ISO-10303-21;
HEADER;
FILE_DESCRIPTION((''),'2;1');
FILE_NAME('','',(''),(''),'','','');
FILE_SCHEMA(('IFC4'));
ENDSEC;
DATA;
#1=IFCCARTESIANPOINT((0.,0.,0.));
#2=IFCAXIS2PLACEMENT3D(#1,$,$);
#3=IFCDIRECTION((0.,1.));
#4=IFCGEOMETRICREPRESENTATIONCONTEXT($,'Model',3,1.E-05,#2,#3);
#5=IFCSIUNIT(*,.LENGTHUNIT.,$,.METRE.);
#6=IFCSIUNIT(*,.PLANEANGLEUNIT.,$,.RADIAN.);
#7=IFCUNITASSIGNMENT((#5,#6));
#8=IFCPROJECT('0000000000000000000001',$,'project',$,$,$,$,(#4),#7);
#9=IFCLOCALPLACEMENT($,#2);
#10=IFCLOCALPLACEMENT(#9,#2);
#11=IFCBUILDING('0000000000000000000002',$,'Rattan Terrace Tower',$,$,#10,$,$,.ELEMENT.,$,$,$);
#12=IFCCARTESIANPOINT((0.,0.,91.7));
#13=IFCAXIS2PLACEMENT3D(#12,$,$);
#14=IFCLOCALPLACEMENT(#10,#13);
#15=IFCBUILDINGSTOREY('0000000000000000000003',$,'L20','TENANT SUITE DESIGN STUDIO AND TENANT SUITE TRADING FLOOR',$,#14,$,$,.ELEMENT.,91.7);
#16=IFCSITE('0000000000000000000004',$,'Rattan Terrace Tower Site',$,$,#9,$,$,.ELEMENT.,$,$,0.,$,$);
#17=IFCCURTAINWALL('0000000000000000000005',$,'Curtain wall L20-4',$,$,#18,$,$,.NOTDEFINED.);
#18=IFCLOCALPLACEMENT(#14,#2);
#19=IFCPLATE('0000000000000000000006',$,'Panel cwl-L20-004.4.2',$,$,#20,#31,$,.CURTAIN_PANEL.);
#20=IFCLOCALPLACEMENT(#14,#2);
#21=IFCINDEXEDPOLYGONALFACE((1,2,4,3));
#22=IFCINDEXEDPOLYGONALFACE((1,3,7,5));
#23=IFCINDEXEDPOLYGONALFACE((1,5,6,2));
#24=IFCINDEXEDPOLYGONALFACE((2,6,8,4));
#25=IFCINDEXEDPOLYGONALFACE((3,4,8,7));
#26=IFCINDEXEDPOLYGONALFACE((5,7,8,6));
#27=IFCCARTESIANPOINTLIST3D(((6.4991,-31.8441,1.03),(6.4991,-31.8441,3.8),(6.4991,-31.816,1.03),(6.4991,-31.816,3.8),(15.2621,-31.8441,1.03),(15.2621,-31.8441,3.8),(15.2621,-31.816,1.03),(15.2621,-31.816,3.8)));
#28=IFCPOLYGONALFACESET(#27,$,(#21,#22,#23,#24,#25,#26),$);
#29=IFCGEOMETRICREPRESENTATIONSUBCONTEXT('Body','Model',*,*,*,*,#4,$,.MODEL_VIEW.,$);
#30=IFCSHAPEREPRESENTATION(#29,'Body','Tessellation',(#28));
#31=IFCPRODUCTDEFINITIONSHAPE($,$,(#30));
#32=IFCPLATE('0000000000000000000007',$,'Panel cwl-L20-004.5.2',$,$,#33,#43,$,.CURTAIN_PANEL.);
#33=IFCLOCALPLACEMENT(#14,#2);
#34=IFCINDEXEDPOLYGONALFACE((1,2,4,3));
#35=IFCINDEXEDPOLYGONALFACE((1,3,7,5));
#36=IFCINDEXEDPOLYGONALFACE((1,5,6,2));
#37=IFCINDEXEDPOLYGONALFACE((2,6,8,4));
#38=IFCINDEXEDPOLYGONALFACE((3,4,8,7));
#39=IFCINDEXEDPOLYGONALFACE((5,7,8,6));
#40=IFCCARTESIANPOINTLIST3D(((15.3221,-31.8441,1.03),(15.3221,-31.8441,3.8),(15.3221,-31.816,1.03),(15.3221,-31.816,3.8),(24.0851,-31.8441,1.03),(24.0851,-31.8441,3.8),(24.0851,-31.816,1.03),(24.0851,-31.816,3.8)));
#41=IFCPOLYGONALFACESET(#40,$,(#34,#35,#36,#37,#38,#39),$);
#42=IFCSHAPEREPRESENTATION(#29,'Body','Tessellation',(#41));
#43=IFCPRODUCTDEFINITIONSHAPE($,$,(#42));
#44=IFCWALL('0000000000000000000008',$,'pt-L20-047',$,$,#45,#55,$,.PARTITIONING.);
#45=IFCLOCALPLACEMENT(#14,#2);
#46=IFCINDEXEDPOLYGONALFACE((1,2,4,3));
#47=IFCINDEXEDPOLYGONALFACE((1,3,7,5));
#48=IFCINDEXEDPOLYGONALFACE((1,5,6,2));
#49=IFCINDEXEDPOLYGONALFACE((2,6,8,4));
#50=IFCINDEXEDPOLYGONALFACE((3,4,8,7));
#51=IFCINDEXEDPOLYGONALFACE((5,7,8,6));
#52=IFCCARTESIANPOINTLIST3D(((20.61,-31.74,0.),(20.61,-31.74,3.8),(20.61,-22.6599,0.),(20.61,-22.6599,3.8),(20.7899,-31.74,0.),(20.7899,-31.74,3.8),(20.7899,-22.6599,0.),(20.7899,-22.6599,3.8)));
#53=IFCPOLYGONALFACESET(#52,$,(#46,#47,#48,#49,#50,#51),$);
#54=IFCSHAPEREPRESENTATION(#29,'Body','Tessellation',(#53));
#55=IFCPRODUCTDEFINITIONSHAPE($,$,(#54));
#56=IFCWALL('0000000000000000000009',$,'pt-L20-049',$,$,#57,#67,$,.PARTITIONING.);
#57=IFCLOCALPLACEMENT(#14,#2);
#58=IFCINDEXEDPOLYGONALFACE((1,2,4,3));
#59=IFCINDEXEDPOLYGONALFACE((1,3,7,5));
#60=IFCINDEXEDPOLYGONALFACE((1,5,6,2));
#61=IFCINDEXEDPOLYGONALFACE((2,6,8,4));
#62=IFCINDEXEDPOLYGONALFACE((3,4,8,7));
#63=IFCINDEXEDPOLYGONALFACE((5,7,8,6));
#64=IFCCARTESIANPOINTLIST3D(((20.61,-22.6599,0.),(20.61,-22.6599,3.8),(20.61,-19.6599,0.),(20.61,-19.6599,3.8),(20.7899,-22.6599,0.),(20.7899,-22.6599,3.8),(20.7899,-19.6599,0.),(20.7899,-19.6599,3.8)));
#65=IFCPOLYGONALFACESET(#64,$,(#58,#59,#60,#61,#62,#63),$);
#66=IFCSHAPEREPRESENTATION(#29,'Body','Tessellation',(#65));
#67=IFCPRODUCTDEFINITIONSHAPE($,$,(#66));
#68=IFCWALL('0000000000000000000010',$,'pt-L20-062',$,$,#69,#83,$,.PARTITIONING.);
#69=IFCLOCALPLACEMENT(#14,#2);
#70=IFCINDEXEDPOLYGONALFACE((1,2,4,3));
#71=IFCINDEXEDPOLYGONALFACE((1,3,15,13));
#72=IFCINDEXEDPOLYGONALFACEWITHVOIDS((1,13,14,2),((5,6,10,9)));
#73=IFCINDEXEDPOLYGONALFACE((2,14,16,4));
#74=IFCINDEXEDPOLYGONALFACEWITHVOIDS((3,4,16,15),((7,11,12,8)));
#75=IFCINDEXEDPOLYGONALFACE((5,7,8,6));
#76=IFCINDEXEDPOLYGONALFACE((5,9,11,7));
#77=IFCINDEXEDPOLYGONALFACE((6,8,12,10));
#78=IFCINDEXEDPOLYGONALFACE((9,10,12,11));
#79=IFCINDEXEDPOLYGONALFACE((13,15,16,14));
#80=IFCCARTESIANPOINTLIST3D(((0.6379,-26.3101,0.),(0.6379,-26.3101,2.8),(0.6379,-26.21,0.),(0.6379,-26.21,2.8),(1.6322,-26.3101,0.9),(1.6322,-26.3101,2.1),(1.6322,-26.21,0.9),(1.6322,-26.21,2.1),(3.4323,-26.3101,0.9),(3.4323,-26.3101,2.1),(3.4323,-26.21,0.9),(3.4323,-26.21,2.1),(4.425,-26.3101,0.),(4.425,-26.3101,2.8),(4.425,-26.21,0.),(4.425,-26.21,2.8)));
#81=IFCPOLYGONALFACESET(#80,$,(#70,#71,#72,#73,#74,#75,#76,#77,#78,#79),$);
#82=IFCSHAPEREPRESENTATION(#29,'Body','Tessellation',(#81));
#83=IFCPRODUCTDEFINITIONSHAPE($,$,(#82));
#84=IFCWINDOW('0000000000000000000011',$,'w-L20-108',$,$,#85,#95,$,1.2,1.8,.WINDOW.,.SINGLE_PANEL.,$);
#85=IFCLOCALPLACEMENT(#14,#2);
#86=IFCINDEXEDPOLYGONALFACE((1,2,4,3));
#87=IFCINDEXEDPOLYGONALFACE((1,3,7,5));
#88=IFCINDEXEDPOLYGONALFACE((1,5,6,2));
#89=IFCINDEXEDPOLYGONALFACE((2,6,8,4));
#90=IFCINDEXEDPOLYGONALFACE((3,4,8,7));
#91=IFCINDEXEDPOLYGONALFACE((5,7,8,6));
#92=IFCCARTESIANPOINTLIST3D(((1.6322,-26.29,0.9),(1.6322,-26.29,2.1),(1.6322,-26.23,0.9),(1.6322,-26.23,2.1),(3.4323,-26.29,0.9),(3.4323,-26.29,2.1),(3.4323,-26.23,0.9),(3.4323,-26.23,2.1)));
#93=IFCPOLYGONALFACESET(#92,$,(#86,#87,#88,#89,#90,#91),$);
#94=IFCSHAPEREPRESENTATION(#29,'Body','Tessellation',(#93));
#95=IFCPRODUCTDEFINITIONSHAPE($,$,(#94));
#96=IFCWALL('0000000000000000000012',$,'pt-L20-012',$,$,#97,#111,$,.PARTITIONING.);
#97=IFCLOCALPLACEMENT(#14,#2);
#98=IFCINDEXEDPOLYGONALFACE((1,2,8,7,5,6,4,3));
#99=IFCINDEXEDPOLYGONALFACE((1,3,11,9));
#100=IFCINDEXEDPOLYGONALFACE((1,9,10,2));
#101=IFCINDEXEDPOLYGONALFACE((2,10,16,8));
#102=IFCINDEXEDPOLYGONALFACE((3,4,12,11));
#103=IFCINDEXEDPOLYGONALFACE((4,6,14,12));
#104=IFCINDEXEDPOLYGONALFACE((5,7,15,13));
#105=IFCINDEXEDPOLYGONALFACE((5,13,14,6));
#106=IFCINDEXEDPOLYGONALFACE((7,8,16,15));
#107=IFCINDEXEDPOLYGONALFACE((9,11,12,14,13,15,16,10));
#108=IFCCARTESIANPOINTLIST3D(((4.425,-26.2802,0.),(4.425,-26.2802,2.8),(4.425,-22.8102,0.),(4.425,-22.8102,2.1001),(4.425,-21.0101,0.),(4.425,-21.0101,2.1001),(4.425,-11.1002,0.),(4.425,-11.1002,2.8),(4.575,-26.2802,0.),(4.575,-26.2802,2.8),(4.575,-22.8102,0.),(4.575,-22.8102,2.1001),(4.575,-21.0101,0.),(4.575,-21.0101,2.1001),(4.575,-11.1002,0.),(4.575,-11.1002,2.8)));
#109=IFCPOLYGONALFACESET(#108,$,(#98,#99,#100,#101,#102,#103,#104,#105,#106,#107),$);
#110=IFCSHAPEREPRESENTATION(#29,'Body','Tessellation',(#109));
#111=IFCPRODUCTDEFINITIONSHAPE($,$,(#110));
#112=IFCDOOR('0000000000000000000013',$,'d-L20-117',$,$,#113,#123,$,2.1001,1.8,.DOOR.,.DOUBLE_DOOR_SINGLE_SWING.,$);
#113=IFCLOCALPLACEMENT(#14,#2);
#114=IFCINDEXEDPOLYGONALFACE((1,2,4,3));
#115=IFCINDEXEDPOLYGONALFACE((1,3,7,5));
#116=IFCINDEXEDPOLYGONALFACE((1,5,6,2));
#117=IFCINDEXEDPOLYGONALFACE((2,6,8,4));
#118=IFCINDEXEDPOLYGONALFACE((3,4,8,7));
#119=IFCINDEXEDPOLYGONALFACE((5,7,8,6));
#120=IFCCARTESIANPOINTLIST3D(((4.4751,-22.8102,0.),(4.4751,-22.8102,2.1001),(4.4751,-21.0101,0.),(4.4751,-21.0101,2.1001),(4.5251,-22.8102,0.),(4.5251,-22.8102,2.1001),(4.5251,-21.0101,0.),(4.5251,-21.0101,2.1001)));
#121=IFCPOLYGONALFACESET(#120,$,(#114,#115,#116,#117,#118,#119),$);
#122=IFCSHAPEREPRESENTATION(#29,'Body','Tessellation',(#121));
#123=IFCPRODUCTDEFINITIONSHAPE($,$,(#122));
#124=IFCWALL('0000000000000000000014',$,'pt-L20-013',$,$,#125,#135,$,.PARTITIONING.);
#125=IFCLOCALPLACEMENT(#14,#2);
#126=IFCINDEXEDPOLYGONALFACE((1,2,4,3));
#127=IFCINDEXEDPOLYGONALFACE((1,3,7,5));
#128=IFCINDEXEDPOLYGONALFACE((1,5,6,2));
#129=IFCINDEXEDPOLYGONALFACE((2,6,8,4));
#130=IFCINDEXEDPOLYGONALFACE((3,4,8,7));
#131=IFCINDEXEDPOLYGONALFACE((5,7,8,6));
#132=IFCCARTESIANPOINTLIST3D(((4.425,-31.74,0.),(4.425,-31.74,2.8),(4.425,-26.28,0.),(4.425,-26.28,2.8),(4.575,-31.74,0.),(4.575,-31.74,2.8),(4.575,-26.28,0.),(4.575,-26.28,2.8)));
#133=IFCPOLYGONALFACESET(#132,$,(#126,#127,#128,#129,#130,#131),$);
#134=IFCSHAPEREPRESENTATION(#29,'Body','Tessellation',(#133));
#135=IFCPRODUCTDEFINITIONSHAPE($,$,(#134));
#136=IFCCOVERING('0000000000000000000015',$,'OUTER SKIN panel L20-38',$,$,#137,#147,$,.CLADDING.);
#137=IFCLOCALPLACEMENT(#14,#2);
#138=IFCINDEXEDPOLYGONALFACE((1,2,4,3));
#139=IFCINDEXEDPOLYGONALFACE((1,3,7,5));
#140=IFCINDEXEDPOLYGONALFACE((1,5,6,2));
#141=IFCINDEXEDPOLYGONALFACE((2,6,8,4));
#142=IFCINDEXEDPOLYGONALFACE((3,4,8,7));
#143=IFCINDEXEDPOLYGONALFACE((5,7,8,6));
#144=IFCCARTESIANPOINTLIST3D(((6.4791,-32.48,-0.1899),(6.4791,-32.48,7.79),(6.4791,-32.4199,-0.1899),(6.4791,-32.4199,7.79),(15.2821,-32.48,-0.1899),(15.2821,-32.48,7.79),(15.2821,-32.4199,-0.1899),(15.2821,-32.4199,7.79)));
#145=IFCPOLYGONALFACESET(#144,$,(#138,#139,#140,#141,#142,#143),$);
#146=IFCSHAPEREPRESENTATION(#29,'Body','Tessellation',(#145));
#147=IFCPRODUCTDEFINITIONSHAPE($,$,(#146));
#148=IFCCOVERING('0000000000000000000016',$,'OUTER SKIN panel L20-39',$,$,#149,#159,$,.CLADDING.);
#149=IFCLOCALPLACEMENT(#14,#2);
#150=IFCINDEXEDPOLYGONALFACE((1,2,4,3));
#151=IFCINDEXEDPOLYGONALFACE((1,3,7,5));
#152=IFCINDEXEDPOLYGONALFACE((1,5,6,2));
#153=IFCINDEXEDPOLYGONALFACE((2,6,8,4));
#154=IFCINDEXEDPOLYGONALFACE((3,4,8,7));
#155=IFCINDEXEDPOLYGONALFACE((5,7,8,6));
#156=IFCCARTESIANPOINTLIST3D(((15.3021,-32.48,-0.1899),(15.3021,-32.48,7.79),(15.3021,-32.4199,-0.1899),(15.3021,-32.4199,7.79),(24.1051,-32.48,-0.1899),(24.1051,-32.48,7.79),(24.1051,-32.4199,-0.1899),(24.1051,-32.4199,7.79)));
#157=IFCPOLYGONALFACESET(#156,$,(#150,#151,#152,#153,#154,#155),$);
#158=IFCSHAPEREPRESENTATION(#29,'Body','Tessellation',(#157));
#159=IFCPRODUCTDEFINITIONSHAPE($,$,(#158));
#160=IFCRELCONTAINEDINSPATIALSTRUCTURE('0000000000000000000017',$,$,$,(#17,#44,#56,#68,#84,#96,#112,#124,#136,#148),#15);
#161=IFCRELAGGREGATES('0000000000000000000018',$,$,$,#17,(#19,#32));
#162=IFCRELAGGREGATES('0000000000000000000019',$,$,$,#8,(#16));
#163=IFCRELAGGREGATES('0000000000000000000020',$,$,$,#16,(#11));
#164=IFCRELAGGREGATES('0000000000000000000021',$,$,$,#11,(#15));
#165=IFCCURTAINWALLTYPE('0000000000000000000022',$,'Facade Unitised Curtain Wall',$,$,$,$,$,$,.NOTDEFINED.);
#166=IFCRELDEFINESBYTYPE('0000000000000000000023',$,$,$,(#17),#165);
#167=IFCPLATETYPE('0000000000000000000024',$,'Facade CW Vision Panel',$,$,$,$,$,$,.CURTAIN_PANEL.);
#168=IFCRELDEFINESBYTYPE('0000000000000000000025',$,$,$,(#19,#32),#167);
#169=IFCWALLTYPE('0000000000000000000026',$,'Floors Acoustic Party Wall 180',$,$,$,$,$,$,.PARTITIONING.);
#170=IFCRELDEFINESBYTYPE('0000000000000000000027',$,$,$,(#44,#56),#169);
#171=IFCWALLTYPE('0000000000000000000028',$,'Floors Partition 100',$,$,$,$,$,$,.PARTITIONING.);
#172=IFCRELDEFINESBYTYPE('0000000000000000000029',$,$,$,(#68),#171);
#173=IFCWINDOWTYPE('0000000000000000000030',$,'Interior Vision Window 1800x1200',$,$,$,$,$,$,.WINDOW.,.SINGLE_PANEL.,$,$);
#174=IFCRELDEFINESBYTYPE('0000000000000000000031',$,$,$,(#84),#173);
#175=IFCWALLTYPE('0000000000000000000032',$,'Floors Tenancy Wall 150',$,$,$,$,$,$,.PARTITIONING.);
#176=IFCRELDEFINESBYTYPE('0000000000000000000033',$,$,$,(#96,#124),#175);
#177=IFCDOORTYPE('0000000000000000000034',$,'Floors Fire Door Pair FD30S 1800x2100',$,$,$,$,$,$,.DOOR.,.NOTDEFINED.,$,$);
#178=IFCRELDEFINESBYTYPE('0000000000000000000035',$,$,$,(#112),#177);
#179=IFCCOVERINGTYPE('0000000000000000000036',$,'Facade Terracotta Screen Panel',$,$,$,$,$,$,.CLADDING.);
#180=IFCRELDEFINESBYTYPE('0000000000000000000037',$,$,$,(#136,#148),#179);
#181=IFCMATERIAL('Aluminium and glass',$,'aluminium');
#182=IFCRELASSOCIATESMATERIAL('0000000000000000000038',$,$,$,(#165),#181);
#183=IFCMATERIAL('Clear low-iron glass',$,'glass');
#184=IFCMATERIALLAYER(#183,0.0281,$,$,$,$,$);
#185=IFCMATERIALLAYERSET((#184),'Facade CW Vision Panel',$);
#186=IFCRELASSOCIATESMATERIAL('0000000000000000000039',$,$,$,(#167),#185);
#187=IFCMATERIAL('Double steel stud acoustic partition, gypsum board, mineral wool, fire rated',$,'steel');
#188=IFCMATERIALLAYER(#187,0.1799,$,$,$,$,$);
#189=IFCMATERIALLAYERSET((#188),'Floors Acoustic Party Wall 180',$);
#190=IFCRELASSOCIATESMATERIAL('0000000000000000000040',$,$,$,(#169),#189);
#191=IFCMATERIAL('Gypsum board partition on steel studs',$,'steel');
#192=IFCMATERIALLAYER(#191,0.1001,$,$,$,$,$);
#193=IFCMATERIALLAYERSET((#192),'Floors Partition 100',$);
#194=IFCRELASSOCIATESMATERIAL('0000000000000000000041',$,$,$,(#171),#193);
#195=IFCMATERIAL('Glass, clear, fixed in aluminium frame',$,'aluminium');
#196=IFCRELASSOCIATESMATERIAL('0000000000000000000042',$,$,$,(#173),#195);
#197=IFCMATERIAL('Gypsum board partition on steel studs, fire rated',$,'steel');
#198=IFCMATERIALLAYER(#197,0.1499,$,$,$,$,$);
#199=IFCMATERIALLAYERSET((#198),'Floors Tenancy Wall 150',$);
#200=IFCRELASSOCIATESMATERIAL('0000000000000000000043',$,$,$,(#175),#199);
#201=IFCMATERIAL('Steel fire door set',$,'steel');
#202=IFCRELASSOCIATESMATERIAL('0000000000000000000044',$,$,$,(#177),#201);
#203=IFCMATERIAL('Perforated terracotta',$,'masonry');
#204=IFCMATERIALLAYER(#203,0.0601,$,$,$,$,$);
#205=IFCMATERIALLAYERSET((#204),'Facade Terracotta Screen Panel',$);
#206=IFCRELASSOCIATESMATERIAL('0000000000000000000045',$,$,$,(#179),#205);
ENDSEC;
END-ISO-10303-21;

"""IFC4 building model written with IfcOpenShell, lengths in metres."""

from ifc_helpers import new_model, si_unit, direction, frame, frame_2d, origin, origin_2d, place, context, subcontext, project, spatial, rectangle, extrude, material, layer, layer_set, type_object, element, fill, aggregate, save


model = new_model("IFC4")

# Units and contexts
model_context = context("Model", 3, precision=1e-05, world=origin(), true_north=direction((0.0, 1.0)))
body_context = subcontext(model_context, "Body", "Model", "MODEL_VIEW")
ifc_project = project(units=[si_unit("LENGTHUNIT", "METRE"), si_unit("PLANEANGLEUNIT", "RADIAN")], contexts=[model_context])

# Site, building, storey
site_placement = place(None, origin())
site = spatial("IfcSite", under=ifc_project, at=site_placement, Name="Rattan Terrace Tower Site", CompositionType="ELEMENT", RefElevation=0.0)
building_placement = place(site_placement, origin())
building = spatial("IfcBuilding", under=site, at=building_placement, Name="Rattan Terrace Tower", CompositionType="ELEMENT")
storey_placement = place(building_placement, frame((0.0, 0.0, 91.7)))
storey = spatial("IfcBuildingStorey", under=building, at=storey_placement, Name="L20", Description="TENANT SUITE DESIGN STUDIO AND TENANT SUITE TRADING FLOOR", CompositionType="ELEMENT", Elevation=91.7)

# Curtain wall
ifc_material_1 = material(Name="Aluminium and glass", Category="aluminium")
curtain_wall_type = type_object("IfcCurtainWallType", Name="Facade Unitised Curtain Wall", PredefinedType="NOTDEFINED", material=ifc_material_1)
curtain_wall_placement = place(storey_placement, origin())
curtain_wall = element("IfcCurtainWall", 1, at=curtain_wall_placement, inside=storey, type_object=curtain_wall_type, Name="Curtain wall L20-4", PredefinedType="NOTDEFINED")

# Plates
ifc_material_2 = material(Name="Clear low-iron glass", Category="glass")
ifc_layer_1 = layer(ifc_material_2, 0.0281)
ifc_layer_set_1 = layer_set([ifc_layer_1], Name="Facade CW Vision Panel")
plate_type_1 = type_object("IfcPlateType", Name="Facade CW Vision Panel", PredefinedType="CURTAIN_PANEL", material=ifc_layer_set_1)
plate_1_placement = place(storey_placement, frame((10.8806, -31.8301, 1.03), z_axis=(0.0, 0.0, 1.0), x_axis=(1.0, 0.0, 0.0)))
plate_1 = element("IfcPlate", 2, at=plate_1_placement, type_object=plate_type_1, Name="Panel cwl-L20-004.4.2", PredefinedType="CURTAIN_PANEL", context=body_context, shape_type="SweptSolid", body=[
    extrude(rectangle(XDim=8.7629, YDim=0.0281, at=origin_2d()), origin(), (0.0, 0.0, 1.0), 2.77),
])
plate_2_placement = place(storey_placement, frame((19.7036, -31.8301, 1.03), z_axis=(0.0, 0.0, 1.0), x_axis=(1.0, 0.0, 0.0)))
plate_2 = element("IfcPlate", 3, at=plate_2_placement, type_object=plate_type_1, Name="Panel cwl-L20-004.5.2", PredefinedType="CURTAIN_PANEL", context=body_context, shape_type="SweptSolid", body=[
    extrude(rectangle(XDim=8.7629, YDim=0.0281, at=origin_2d()), origin(), (0.0, 0.0, 1.0), 2.77),
])
aggregate(curtain_wall, [plate_1, plate_2])

# Walls
ifc_material_3 = material(Name="Double steel stud acoustic partition, gypsum board, mineral wool, fire rated", Category="steel")
ifc_layer_2 = layer(ifc_material_3, 0.1799)
ifc_layer_set_2 = layer_set([ifc_layer_2], Name="Floors Acoustic Party Wall 180")
wall_type_1 = type_object("IfcWallType", Name="Floors Acoustic Party Wall 180", PredefinedType="PARTITIONING", material=ifc_layer_set_2)
wall_1_placement = place(storey_placement, frame((20.7, -31.74, 0.0), z_axis=(0.0, 0.0, 1.0), x_axis=(0.0, 1.0, 0.0)))
element("IfcWall", 4, at=wall_1_placement, inside=storey, type_object=wall_type_1, Name="pt-L20-047", PredefinedType="PARTITIONING", context=body_context, shape_type="SweptSolid", body=[
    extrude(rectangle(XDim=9.0801, YDim=0.1799, at=frame_2d((4.54, 0.0))), origin(), (0.0, 0.0, 1.0), 3.8),
])
wall_2_placement = place(storey_placement, frame((20.7, -22.6599, 0.0), z_axis=(0.0, 0.0, 1.0), x_axis=(0.0, 1.0, 0.0)))
element("IfcWall", 5, at=wall_2_placement, inside=storey, type_object=wall_type_1, Name="pt-L20-049", PredefinedType="PARTITIONING", context=body_context, shape_type="SweptSolid", body=[
    extrude(rectangle(XDim=3.0, YDim=0.1799, at=frame_2d((1.5, 0.0))), origin(), (0.0, 0.0, 1.0), 3.8),
])

# Wall, opening, window
ifc_material_4 = material(Name="Gypsum board partition on steel studs", Category="steel")
ifc_layer_3 = layer(ifc_material_4, 0.1001)
ifc_layer_set_3 = layer_set([ifc_layer_3], Name="Floors Partition 100")
wall_type_2 = type_object("IfcWallType", Name="Floors Partition 100", PredefinedType="PARTITIONING", material=ifc_layer_set_3)
wall_3_placement = place(storey_placement, frame((4.425, -26.26, 0.0), z_axis=(0.0, 0.0, 1.0), x_axis=(-1.0, 0.0, 0.0)))
wall_3 = element("IfcWall", 6, at=wall_3_placement, inside=storey, type_object=wall_type_2, Name="pt-L20-062", PredefinedType="PARTITIONING", context=body_context, shape_type="SweptSolid", body=[
    extrude(rectangle(XDim=3.7871, YDim=0.1001, at=frame_2d((1.8936, 0.0))), origin(), (0.0, 0.0, 1.0), 2.8),
])
opening_1_placement = place(wall_3_placement, frame((0.9929, 0.0, 0.8999)))
opening_1 = element("IfcOpeningElement", 7, at=opening_1_placement, cuts=wall_3, PredefinedType="OPENING", context=body_context, shape_type="SweptSolid", body=[
    extrude(rectangle(XDim=1.8, YDim=1.2, at=frame_2d((0.8999, 0.6001))), frame((0.0, 0.0605, 0.0), z_axis=(0.0, -1.0, 0.0), x_axis=(1.0, 0.0, 0.0)), (0.0, 0.0, 1.0), 0.1211),
])
ifc_material_5 = material(Name="Glass, clear, fixed in aluminium frame", Category="aluminium")
window_type = type_object("IfcWindowType", Name="Interior Vision Window 1800x1200", PartitioningType="SINGLE_PANEL", PredefinedType="WINDOW", material=ifc_material_5)
window_placement = place(opening_1_placement, origin())
window = element("IfcWindow", 8, at=window_placement, inside=storey, type_object=window_type, Name="w-L20-108", OverallHeight=1.2, OverallWidth=1.8, PartitioningType="SINGLE_PANEL", PredefinedType="WINDOW", context=body_context, shape_type="SweptSolid", body=[
    extrude(rectangle(XDim=1.8, YDim=1.2, at=frame_2d((0.8999, 0.6001))), frame((0.0, 0.03, 0.0), z_axis=(0.0, -1.0, 0.0), x_axis=(1.0, 0.0, 0.0)), (0.0, 0.0, 1.0), 0.0601),
])
fill(opening_1, window)

# Wall, opening, door
ifc_material_6 = material(Name="Gypsum board partition on steel studs, fire rated", Category="steel")
ifc_layer_4 = layer(ifc_material_6, 0.1499)
ifc_layer_set_4 = layer_set([ifc_layer_4], Name="Floors Tenancy Wall 150")
wall_type_3 = type_object("IfcWallType", Name="Floors Tenancy Wall 150", PredefinedType="PARTITIONING", material=ifc_layer_set_4)
wall_4_placement = place(storey_placement, frame((4.5, -26.28, 0.0), z_axis=(0.0, 0.0, 1.0), x_axis=(0.0, 1.0, 0.0)))
wall_4 = element("IfcWall", 9, at=wall_4_placement, inside=storey, type_object=wall_type_3, Name="pt-L20-012", PredefinedType="PARTITIONING", context=body_context, shape_type="SweptSolid", body=[
    extrude(rectangle(XDim=15.1799, YDim=0.1499, at=frame_2d((7.5898, 0.0))), origin(), (0.0, 0.0, 1.0), 2.8),
])
opening_2_placement = place(wall_4_placement, frame((3.47, 0.0, 0.0)))
opening_2 = element("IfcOpeningElement", 10, at=opening_2_placement, cuts=wall_4, PredefinedType="OPENING", context=body_context, shape_type="SweptSolid", body=[
    extrude(rectangle(XDim=1.8, YDim=2.1001, at=frame_2d((0.8999, 1.05))), frame((0.0, 0.0854, 0.0), z_axis=(0.0, -1.0, 0.0), x_axis=(1.0, 0.0, 0.0)), (0.0, 0.0, 1.0), 0.1709),
])
ifc_material_7 = material(Name="Steel fire door set", Category="steel")
door_type = type_object("IfcDoorType", Name="Floors Fire Door Pair FD30S 1800x2100", OperationType="NOTDEFINED", PredefinedType="DOOR", material=ifc_material_7)
door_placement = place(opening_2_placement, origin())
door = element("IfcDoor", 11, at=door_placement, inside=storey, type_object=door_type, Name="d-L20-117", OperationType="DOUBLE_DOOR_SINGLE_SWING", OverallHeight=2.1001, OverallWidth=1.8, PredefinedType="DOOR", context=body_context, shape_type="SweptSolid", body=[
    extrude(rectangle(XDim=1.8, YDim=2.1001, at=frame_2d((0.8999, 1.05))), frame((0.0, 0.0249, 0.0), z_axis=(0.0, -1.0, 0.0), x_axis=(1.0, 0.0, 0.0)), (0.0, 0.0, 1.0), 0.05),
])
fill(opening_2, door)

# Wall
wall_5_placement = place(storey_placement, frame((4.5, -31.74, 0.0), z_axis=(0.0, 0.0, 1.0), x_axis=(0.0, 1.0, 0.0)))
element("IfcWall", 12, at=wall_5_placement, inside=storey, type_object=wall_type_3, Name="pt-L20-013", PredefinedType="PARTITIONING", context=body_context, shape_type="SweptSolid", body=[
    extrude(rectangle(XDim=5.46, YDim=0.1499, at=frame_2d((2.73, 0.0))), origin(), (0.0, 0.0, 1.0), 2.8),
])

# Coverings
ifc_material_8 = material(Name="Perforated terracotta", Category="masonry")
ifc_layer_5 = layer(ifc_material_8, 0.0601)
ifc_layer_set_5 = layer_set([ifc_layer_5], Name="Facade Terracotta Screen Panel")
covering_type = type_object("IfcCoveringType", Name="Facade Terracotta Screen Panel", PredefinedType="CLADDING", material=ifc_layer_set_5)
for number, where, z_axis, x_axis, name in (
    (13, (10.8806, -32.45, -0.1899), (0.0, 0.0, 1.0), (1.0, 0.0, 0.0), "OUTER SKIN panel L20-38"),
    (14, (19.7036, -32.45, -0.1899), (0.0, 0.0, 1.0), (1.0, 0.0, 0.0), "OUTER SKIN panel L20-39"),
):
    element("IfcCovering", number, at=place(storey_placement, frame(where, z_axis=z_axis, x_axis=x_axis)), inside=storey, type_object=covering_type, Name=name, PredefinedType="CLADDING", context=body_context, shape_type="SweptSolid", body=[
        extrude(rectangle(XDim=8.803, YDim=0.0601, at=origin_2d()), origin(), (0.0, 0.0, 1.0), 7.98),
    ])

save(model, "model.ifc")
